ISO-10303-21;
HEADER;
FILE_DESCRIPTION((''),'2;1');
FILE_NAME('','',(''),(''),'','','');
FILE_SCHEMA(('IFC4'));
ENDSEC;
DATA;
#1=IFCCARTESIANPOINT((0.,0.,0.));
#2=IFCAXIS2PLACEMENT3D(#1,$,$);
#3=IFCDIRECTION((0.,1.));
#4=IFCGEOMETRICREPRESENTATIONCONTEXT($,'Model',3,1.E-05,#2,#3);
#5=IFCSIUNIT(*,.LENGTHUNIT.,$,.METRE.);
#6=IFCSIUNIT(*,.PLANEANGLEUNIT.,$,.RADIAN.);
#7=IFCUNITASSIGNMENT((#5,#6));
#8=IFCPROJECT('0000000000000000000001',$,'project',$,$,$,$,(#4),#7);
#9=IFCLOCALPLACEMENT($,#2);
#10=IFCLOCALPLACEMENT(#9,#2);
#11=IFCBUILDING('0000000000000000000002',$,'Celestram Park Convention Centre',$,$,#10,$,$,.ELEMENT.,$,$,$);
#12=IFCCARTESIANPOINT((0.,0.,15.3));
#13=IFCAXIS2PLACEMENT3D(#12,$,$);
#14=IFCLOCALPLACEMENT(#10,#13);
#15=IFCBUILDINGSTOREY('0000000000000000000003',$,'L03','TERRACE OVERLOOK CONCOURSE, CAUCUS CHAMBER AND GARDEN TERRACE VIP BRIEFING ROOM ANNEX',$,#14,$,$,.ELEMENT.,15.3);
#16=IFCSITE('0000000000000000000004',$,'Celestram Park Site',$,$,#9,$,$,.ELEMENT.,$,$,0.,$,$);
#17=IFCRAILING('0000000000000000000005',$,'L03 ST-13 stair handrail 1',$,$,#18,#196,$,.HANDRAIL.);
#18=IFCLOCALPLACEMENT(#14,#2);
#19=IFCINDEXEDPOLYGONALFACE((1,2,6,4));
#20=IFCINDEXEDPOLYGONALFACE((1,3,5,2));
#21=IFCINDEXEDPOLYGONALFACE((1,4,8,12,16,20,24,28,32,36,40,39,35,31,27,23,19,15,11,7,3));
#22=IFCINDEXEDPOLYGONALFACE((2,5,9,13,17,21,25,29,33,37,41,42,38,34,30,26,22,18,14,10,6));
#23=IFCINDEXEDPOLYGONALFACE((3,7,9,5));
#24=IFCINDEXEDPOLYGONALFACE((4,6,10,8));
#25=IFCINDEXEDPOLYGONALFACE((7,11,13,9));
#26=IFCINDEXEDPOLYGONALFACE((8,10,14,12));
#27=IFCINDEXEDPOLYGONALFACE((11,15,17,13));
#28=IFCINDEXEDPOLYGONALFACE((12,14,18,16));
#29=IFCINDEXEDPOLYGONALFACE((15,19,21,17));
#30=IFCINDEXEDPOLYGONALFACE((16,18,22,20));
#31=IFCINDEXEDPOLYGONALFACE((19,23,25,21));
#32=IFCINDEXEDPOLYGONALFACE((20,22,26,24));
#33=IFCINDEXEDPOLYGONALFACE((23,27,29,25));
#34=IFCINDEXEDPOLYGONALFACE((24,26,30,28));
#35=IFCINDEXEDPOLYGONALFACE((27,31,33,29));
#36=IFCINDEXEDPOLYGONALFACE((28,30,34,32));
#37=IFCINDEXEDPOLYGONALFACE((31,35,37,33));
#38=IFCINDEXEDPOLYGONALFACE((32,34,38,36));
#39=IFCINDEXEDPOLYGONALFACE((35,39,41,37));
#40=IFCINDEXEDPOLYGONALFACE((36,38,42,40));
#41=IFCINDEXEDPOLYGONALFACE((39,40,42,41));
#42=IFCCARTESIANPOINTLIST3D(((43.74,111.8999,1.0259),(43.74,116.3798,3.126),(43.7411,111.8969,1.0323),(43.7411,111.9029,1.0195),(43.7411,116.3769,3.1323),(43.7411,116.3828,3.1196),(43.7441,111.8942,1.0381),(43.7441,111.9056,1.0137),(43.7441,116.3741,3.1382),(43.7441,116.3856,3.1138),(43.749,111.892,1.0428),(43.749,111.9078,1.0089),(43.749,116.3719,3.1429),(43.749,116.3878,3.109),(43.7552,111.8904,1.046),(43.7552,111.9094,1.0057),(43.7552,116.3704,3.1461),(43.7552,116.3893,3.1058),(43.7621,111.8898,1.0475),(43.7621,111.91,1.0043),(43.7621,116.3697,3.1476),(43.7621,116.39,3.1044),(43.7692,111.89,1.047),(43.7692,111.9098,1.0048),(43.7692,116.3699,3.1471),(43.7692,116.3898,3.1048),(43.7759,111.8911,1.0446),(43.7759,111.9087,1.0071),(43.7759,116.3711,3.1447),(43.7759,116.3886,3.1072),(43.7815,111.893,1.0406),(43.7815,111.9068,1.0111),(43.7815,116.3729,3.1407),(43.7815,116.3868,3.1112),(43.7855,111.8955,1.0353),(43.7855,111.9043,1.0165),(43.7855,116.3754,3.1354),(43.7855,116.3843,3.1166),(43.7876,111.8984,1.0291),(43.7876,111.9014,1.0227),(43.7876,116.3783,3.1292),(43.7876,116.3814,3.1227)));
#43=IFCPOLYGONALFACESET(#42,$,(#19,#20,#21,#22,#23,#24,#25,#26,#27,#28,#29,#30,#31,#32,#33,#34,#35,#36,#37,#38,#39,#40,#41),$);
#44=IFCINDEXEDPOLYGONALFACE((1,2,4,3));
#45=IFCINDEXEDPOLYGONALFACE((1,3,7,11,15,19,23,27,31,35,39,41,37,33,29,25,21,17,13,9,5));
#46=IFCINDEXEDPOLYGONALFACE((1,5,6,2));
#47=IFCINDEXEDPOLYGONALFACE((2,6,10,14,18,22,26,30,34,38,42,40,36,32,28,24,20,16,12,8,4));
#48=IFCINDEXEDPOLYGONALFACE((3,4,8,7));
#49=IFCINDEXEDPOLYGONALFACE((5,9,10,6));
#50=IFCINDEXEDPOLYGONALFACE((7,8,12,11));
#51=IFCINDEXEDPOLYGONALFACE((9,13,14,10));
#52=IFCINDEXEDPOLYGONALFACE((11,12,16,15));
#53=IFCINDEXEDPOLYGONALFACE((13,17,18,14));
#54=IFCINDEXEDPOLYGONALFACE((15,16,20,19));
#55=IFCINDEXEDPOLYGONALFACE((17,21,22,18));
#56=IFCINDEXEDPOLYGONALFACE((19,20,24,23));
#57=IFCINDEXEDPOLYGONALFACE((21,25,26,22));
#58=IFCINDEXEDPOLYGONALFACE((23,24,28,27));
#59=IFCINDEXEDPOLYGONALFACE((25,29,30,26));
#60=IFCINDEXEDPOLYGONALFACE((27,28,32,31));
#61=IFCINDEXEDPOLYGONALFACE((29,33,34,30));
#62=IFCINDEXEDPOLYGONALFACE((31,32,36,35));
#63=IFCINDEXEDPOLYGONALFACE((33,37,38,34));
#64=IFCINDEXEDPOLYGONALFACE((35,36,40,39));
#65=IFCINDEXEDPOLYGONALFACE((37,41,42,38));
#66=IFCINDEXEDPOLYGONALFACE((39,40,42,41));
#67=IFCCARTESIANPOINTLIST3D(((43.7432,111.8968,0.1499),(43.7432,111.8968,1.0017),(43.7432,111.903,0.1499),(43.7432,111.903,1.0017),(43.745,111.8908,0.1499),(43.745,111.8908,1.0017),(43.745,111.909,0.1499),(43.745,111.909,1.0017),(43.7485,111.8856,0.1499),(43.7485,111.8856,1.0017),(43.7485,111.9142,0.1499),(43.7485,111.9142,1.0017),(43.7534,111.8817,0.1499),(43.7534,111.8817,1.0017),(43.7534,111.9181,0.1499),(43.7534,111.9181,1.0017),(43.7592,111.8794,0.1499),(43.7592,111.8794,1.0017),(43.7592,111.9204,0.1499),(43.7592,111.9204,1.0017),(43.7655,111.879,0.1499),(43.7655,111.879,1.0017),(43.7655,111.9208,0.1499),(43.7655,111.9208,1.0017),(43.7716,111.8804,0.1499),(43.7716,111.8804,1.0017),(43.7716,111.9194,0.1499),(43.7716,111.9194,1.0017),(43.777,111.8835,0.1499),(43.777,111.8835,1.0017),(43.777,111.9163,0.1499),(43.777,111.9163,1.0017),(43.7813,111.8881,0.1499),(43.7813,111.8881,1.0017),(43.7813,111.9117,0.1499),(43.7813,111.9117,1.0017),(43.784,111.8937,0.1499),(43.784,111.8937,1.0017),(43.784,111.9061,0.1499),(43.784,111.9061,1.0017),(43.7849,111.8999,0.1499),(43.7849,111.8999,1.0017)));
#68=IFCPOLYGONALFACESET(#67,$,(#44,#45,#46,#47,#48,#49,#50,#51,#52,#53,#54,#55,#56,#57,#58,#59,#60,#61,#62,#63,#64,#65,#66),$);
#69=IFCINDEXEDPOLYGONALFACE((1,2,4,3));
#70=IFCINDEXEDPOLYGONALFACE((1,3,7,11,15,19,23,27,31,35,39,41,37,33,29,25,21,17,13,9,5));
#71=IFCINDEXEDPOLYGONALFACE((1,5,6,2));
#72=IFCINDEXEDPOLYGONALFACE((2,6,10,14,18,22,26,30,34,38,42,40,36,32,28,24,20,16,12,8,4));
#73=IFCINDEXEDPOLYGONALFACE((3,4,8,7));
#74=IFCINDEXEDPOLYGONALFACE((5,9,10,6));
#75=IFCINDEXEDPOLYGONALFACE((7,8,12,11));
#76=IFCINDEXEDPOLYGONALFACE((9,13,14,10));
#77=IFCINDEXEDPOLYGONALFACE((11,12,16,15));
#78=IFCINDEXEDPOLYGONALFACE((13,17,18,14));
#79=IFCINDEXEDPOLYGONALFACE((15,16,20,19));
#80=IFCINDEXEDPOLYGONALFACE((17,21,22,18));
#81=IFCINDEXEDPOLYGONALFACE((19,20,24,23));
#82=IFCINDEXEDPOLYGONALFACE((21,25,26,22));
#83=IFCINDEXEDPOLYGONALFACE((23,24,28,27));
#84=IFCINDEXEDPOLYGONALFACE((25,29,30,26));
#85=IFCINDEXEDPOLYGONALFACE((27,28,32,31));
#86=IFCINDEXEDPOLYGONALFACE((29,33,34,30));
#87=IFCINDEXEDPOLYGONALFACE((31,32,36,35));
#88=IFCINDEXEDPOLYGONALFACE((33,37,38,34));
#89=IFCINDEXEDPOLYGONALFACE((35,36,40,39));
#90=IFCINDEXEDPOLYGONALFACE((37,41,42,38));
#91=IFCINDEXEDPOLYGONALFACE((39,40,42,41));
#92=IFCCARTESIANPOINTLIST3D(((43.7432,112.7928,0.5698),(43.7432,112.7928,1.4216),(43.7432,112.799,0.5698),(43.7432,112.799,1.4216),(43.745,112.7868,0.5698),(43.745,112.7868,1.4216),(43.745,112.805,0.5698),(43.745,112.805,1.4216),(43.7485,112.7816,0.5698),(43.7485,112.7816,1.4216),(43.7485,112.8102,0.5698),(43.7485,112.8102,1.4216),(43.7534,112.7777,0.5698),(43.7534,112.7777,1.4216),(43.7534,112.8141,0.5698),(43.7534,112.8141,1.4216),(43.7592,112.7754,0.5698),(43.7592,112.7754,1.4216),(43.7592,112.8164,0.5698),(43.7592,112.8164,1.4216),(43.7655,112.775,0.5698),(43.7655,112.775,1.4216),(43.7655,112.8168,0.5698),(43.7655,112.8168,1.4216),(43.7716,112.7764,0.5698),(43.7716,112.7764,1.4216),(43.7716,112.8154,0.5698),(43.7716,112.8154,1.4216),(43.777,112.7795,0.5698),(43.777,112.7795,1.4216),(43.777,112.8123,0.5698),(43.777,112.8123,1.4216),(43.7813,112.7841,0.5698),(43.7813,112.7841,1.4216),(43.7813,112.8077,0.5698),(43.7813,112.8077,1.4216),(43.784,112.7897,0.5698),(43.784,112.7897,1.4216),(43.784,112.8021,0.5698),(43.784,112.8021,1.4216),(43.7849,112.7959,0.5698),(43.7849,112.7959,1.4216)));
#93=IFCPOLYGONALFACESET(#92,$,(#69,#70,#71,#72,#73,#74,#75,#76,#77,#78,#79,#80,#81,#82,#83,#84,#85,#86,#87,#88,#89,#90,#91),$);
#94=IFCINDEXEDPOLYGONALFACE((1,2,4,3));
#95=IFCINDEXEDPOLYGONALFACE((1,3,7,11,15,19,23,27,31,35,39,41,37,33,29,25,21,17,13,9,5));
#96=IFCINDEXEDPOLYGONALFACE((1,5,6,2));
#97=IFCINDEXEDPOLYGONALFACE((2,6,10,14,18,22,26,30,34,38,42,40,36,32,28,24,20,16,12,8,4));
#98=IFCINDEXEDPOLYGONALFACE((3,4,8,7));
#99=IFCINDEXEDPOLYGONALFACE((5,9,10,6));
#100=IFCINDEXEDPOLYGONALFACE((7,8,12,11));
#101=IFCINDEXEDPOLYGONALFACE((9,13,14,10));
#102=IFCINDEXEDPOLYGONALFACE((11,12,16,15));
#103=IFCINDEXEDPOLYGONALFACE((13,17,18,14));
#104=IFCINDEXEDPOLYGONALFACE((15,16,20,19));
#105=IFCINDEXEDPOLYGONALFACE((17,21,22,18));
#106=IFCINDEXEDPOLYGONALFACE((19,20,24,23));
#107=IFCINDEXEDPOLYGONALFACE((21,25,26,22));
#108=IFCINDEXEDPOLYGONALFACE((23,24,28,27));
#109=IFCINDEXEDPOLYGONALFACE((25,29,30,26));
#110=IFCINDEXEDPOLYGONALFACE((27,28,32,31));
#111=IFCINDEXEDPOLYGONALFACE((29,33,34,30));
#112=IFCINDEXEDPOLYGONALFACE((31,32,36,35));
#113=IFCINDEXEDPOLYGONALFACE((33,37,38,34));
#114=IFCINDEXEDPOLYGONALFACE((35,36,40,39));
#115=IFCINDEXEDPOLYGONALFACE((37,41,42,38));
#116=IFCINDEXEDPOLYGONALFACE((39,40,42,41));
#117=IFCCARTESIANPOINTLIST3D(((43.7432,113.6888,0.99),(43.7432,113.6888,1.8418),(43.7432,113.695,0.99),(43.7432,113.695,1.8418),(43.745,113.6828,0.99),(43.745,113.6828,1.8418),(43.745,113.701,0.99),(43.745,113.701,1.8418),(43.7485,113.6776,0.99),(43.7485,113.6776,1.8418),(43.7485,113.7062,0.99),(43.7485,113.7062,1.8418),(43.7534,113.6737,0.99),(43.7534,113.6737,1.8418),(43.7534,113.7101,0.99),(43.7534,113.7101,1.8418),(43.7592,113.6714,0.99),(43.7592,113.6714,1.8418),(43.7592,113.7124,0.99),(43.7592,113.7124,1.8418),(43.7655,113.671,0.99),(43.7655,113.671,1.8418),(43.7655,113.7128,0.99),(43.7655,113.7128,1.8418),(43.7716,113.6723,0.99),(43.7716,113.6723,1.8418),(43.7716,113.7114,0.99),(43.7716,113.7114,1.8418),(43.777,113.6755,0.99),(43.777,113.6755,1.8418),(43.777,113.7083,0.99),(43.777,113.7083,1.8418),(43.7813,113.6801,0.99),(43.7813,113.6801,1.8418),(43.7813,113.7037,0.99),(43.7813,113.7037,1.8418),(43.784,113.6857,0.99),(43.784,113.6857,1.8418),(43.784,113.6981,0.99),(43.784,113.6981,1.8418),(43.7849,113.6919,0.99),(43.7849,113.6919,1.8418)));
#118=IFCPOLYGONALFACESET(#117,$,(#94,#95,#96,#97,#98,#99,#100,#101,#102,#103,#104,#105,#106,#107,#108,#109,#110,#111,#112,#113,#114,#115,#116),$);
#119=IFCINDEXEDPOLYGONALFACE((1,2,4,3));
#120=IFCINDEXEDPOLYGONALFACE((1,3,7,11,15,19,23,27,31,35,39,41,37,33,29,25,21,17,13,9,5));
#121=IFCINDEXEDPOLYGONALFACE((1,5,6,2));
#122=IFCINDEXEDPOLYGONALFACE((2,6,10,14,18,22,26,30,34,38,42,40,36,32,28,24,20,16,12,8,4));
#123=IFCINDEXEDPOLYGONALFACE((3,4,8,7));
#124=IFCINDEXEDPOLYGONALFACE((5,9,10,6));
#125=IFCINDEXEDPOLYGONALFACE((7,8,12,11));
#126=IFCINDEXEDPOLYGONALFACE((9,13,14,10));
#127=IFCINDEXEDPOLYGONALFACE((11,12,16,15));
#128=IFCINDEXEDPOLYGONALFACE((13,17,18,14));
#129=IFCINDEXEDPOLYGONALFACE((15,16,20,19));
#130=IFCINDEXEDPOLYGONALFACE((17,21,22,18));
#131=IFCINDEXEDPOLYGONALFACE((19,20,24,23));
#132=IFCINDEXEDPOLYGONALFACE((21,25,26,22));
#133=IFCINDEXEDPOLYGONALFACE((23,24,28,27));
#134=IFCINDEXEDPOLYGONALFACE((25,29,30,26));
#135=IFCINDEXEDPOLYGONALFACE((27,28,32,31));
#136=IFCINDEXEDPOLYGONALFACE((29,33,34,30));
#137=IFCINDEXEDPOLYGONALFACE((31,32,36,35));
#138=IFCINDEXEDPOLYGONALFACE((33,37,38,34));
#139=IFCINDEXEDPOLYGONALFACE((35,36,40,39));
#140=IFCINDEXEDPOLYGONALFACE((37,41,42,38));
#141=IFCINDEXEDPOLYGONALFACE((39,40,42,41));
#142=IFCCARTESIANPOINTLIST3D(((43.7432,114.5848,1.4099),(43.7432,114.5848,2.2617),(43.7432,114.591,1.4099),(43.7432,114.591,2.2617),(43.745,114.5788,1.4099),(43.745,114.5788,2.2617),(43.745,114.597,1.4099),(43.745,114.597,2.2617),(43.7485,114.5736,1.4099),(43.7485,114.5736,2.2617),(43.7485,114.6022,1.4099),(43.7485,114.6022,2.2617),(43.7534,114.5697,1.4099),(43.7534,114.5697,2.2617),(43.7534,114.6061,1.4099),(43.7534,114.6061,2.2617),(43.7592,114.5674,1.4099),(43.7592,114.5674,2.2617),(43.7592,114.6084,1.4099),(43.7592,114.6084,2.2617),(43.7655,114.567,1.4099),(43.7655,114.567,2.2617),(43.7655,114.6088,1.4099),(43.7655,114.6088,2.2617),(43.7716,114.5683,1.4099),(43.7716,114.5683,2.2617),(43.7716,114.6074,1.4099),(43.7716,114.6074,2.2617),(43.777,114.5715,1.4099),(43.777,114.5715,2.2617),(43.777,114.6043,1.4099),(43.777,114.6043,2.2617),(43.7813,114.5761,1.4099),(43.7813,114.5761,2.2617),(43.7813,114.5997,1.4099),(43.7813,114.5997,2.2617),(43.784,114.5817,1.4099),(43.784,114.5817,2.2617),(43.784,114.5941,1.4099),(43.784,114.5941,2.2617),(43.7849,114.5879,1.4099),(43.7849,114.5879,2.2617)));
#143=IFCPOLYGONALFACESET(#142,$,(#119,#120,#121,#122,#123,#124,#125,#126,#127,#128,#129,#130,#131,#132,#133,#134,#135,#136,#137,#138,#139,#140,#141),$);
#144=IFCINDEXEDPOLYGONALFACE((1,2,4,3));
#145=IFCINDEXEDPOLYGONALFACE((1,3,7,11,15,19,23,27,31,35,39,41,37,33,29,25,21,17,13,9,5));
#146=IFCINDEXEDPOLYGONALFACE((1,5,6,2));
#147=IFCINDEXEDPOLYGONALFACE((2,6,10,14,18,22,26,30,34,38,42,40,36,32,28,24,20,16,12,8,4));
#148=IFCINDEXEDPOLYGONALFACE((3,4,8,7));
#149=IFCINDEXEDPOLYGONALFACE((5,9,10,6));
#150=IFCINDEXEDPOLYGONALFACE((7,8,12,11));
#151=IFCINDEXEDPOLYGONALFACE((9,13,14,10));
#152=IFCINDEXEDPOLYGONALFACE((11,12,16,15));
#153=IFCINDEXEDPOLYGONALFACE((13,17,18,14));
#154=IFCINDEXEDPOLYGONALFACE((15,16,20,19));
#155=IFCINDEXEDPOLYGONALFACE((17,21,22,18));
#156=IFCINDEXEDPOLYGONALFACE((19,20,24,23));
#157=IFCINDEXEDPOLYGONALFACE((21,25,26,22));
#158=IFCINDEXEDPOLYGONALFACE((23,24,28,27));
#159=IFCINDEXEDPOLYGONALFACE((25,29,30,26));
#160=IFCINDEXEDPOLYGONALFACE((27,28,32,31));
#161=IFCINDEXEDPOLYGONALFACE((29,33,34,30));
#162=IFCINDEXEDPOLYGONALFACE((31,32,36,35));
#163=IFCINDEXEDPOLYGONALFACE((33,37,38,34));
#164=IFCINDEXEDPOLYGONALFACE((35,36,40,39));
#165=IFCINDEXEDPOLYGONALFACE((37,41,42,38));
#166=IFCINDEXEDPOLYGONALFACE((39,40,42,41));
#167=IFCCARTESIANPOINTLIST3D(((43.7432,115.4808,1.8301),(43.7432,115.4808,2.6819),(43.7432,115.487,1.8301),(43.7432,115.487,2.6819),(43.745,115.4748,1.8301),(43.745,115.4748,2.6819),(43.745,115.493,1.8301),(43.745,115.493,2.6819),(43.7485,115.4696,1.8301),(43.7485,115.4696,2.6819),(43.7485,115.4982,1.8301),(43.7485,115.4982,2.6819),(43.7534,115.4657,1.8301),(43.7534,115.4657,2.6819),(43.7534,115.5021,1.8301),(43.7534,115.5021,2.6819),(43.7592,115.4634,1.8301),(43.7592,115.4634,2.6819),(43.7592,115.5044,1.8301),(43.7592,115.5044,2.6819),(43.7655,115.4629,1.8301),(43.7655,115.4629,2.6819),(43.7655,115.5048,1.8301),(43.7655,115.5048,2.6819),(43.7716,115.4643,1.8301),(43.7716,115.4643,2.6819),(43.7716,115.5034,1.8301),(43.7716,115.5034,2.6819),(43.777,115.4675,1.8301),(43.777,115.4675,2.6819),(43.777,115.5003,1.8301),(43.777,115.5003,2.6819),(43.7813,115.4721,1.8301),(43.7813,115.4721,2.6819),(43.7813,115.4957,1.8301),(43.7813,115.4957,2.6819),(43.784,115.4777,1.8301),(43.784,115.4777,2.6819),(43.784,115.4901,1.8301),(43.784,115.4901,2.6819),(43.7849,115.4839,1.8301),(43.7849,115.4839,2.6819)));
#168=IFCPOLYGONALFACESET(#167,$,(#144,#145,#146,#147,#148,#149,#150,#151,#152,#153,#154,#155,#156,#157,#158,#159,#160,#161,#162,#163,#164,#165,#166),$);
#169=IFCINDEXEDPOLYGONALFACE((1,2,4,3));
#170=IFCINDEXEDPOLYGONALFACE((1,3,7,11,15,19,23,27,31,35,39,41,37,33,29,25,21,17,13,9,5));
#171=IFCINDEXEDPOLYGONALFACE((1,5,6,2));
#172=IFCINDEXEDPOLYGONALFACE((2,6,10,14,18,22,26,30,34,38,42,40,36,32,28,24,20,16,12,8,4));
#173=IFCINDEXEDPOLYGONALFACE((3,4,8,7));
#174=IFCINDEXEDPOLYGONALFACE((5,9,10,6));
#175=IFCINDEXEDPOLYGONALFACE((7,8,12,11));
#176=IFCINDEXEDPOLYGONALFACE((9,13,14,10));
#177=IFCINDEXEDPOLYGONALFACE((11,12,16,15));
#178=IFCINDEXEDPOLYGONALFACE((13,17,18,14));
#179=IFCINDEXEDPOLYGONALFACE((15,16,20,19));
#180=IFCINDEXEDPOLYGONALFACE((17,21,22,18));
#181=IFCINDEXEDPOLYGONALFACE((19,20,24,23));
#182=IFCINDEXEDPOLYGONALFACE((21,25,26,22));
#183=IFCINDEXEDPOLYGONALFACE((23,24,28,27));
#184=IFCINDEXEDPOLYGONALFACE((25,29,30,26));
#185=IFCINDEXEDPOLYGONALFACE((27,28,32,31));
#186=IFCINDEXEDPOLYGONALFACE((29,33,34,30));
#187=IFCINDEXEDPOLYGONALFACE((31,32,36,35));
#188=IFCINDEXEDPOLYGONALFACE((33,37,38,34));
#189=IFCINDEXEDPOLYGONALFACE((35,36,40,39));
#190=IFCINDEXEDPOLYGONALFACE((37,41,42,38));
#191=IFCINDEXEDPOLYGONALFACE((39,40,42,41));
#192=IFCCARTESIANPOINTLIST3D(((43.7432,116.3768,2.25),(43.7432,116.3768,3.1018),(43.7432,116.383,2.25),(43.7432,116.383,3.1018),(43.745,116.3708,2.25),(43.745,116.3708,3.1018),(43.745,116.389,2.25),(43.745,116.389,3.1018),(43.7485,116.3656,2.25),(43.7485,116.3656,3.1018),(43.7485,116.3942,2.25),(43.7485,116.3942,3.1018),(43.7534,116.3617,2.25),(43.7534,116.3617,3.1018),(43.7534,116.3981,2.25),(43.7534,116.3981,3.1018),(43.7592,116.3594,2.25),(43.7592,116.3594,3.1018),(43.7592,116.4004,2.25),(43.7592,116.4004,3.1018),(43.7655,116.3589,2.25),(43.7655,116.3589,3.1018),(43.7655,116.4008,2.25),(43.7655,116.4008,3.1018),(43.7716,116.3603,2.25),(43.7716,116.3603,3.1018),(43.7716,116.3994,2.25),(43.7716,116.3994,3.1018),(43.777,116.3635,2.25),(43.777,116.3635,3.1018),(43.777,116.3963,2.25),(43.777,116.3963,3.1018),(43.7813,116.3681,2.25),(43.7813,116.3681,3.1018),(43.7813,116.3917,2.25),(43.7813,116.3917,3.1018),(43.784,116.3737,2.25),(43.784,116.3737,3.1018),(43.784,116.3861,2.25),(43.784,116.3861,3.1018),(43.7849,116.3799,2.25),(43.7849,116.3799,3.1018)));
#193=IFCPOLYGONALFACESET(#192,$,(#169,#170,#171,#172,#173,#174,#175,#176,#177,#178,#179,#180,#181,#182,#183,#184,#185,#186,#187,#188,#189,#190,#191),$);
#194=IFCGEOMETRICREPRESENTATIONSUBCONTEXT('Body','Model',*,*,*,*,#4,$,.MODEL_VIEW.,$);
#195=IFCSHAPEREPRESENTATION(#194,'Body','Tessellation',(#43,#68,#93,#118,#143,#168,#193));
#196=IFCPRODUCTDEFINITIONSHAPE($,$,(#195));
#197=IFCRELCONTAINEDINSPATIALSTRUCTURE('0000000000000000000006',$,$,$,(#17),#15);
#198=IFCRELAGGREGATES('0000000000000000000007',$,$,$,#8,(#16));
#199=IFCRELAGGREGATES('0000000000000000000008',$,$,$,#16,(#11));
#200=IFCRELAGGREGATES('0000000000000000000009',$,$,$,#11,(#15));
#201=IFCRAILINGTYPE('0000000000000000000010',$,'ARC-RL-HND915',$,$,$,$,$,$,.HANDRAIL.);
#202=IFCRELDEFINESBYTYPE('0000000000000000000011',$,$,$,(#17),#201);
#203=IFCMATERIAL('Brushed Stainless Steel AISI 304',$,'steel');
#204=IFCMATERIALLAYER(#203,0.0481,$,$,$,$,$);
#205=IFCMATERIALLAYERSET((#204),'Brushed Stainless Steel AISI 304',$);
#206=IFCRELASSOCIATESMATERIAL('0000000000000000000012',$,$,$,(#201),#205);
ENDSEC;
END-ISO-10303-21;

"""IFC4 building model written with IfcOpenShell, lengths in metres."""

from ifc_helpers import new_model, si_unit, direction, frame, origin, origin_2d, place, context, subcontext, project, spatial, circle, extrude, material, layer, layer_set, type_object, element, save


model = new_model("IFC4")

# Units and contexts
model_context = context("Model", 3, precision=1e-05, world=origin(), true_north=direction((0.0, 1.0)))
body_context = subcontext(model_context, "Body", "Model", "MODEL_VIEW")
ifc_project = project(units=[si_unit("LENGTHUNIT", "METRE"), si_unit("PLANEANGLEUNIT", "RADIAN")], contexts=[model_context])

# Site, building, storey
site_placement = place(None, origin())
site = spatial("IfcSite", under=ifc_project, at=site_placement, Name="Celestram Park Site", CompositionType="ELEMENT", RefElevation=0.0)
building_placement = place(site_placement, origin())
building = spatial("IfcBuilding", under=site, at=building_placement, Name="Celestram Park Convention Centre", CompositionType="ELEMENT")
storey_placement = place(building_placement, frame((0.0, 0.0, 15.3)))
storey = spatial("IfcBuildingStorey", under=building, at=storey_placement, Name="L03", Description="TERRACE OVERLOOK CONCOURSE, CAUCUS CHAMBER AND GARDEN TERRACE VIP BRIEFING ROOM ANNEX", CompositionType="ELEMENT", Elevation=15.3)

# Railing
ifc_material_1 = material(Name="Brushed Stainless Steel AISI 304", Category="steel")
ifc_layer_1 = layer(ifc_material_1, 0.0481)
ifc_layer_set_1 = layer_set([ifc_layer_1], Name="Brushed Stainless Steel AISI 304")
railing_type_1 = type_object("IfcRailingType", Name="ARC-RL-HND915", PredefinedType="HANDRAIL", material=ifc_layer_set_1)
railing_1_placement = place(storey_placement, frame((43.7639, 111.8999, 0.1499)))
element("IfcRailing", 1, at=railing_1_placement, inside=storey, type_object=railing_type_1, Name="L03 ST-13 stair handrail 1", PredefinedType="HANDRAIL", context=body_context, shape_type="SweptSolid", body=[
    extrude(circle(Radius=0.0239, at=origin_2d()), frame((0.0, 0.0, 0.876), z_axis=(0.0, 0.905451, 0.424452), x_axis=(-1.0, 0.0, 0.0)), (0.0, 0.0, 1.0), 4.9478),
    extrude(circle(Radius=0.021, at=origin_2d()), origin(), (0.0, 0.0, 1.0), 0.8518),
    extrude(circle(Radius=0.021, at=origin_2d()), frame((0.0, 0.896, 0.4199)), (0.0, 0.0, 1.0), 0.8518),
    extrude(circle(Radius=0.021, at=origin_2d()), frame((0.0, 1.792, 0.8401)), (0.0, 0.0, 1.0), 0.8518),
    extrude(circle(Radius=0.021, at=origin_2d()), frame((0.0, 2.688, 1.26)), (0.0, 0.0, 1.0), 0.8518),
    extrude(circle(Radius=0.021, at=origin_2d()), frame((0.0, 3.584, 1.6802)), (0.0, 0.0, 1.0), 0.8518),
    extrude(circle(Radius=0.021, at=origin_2d()), frame((0.0, 4.48, 2.1001)), (0.0, 0.0, 1.0), 0.8518),
])

save(model, "model.ifc")
